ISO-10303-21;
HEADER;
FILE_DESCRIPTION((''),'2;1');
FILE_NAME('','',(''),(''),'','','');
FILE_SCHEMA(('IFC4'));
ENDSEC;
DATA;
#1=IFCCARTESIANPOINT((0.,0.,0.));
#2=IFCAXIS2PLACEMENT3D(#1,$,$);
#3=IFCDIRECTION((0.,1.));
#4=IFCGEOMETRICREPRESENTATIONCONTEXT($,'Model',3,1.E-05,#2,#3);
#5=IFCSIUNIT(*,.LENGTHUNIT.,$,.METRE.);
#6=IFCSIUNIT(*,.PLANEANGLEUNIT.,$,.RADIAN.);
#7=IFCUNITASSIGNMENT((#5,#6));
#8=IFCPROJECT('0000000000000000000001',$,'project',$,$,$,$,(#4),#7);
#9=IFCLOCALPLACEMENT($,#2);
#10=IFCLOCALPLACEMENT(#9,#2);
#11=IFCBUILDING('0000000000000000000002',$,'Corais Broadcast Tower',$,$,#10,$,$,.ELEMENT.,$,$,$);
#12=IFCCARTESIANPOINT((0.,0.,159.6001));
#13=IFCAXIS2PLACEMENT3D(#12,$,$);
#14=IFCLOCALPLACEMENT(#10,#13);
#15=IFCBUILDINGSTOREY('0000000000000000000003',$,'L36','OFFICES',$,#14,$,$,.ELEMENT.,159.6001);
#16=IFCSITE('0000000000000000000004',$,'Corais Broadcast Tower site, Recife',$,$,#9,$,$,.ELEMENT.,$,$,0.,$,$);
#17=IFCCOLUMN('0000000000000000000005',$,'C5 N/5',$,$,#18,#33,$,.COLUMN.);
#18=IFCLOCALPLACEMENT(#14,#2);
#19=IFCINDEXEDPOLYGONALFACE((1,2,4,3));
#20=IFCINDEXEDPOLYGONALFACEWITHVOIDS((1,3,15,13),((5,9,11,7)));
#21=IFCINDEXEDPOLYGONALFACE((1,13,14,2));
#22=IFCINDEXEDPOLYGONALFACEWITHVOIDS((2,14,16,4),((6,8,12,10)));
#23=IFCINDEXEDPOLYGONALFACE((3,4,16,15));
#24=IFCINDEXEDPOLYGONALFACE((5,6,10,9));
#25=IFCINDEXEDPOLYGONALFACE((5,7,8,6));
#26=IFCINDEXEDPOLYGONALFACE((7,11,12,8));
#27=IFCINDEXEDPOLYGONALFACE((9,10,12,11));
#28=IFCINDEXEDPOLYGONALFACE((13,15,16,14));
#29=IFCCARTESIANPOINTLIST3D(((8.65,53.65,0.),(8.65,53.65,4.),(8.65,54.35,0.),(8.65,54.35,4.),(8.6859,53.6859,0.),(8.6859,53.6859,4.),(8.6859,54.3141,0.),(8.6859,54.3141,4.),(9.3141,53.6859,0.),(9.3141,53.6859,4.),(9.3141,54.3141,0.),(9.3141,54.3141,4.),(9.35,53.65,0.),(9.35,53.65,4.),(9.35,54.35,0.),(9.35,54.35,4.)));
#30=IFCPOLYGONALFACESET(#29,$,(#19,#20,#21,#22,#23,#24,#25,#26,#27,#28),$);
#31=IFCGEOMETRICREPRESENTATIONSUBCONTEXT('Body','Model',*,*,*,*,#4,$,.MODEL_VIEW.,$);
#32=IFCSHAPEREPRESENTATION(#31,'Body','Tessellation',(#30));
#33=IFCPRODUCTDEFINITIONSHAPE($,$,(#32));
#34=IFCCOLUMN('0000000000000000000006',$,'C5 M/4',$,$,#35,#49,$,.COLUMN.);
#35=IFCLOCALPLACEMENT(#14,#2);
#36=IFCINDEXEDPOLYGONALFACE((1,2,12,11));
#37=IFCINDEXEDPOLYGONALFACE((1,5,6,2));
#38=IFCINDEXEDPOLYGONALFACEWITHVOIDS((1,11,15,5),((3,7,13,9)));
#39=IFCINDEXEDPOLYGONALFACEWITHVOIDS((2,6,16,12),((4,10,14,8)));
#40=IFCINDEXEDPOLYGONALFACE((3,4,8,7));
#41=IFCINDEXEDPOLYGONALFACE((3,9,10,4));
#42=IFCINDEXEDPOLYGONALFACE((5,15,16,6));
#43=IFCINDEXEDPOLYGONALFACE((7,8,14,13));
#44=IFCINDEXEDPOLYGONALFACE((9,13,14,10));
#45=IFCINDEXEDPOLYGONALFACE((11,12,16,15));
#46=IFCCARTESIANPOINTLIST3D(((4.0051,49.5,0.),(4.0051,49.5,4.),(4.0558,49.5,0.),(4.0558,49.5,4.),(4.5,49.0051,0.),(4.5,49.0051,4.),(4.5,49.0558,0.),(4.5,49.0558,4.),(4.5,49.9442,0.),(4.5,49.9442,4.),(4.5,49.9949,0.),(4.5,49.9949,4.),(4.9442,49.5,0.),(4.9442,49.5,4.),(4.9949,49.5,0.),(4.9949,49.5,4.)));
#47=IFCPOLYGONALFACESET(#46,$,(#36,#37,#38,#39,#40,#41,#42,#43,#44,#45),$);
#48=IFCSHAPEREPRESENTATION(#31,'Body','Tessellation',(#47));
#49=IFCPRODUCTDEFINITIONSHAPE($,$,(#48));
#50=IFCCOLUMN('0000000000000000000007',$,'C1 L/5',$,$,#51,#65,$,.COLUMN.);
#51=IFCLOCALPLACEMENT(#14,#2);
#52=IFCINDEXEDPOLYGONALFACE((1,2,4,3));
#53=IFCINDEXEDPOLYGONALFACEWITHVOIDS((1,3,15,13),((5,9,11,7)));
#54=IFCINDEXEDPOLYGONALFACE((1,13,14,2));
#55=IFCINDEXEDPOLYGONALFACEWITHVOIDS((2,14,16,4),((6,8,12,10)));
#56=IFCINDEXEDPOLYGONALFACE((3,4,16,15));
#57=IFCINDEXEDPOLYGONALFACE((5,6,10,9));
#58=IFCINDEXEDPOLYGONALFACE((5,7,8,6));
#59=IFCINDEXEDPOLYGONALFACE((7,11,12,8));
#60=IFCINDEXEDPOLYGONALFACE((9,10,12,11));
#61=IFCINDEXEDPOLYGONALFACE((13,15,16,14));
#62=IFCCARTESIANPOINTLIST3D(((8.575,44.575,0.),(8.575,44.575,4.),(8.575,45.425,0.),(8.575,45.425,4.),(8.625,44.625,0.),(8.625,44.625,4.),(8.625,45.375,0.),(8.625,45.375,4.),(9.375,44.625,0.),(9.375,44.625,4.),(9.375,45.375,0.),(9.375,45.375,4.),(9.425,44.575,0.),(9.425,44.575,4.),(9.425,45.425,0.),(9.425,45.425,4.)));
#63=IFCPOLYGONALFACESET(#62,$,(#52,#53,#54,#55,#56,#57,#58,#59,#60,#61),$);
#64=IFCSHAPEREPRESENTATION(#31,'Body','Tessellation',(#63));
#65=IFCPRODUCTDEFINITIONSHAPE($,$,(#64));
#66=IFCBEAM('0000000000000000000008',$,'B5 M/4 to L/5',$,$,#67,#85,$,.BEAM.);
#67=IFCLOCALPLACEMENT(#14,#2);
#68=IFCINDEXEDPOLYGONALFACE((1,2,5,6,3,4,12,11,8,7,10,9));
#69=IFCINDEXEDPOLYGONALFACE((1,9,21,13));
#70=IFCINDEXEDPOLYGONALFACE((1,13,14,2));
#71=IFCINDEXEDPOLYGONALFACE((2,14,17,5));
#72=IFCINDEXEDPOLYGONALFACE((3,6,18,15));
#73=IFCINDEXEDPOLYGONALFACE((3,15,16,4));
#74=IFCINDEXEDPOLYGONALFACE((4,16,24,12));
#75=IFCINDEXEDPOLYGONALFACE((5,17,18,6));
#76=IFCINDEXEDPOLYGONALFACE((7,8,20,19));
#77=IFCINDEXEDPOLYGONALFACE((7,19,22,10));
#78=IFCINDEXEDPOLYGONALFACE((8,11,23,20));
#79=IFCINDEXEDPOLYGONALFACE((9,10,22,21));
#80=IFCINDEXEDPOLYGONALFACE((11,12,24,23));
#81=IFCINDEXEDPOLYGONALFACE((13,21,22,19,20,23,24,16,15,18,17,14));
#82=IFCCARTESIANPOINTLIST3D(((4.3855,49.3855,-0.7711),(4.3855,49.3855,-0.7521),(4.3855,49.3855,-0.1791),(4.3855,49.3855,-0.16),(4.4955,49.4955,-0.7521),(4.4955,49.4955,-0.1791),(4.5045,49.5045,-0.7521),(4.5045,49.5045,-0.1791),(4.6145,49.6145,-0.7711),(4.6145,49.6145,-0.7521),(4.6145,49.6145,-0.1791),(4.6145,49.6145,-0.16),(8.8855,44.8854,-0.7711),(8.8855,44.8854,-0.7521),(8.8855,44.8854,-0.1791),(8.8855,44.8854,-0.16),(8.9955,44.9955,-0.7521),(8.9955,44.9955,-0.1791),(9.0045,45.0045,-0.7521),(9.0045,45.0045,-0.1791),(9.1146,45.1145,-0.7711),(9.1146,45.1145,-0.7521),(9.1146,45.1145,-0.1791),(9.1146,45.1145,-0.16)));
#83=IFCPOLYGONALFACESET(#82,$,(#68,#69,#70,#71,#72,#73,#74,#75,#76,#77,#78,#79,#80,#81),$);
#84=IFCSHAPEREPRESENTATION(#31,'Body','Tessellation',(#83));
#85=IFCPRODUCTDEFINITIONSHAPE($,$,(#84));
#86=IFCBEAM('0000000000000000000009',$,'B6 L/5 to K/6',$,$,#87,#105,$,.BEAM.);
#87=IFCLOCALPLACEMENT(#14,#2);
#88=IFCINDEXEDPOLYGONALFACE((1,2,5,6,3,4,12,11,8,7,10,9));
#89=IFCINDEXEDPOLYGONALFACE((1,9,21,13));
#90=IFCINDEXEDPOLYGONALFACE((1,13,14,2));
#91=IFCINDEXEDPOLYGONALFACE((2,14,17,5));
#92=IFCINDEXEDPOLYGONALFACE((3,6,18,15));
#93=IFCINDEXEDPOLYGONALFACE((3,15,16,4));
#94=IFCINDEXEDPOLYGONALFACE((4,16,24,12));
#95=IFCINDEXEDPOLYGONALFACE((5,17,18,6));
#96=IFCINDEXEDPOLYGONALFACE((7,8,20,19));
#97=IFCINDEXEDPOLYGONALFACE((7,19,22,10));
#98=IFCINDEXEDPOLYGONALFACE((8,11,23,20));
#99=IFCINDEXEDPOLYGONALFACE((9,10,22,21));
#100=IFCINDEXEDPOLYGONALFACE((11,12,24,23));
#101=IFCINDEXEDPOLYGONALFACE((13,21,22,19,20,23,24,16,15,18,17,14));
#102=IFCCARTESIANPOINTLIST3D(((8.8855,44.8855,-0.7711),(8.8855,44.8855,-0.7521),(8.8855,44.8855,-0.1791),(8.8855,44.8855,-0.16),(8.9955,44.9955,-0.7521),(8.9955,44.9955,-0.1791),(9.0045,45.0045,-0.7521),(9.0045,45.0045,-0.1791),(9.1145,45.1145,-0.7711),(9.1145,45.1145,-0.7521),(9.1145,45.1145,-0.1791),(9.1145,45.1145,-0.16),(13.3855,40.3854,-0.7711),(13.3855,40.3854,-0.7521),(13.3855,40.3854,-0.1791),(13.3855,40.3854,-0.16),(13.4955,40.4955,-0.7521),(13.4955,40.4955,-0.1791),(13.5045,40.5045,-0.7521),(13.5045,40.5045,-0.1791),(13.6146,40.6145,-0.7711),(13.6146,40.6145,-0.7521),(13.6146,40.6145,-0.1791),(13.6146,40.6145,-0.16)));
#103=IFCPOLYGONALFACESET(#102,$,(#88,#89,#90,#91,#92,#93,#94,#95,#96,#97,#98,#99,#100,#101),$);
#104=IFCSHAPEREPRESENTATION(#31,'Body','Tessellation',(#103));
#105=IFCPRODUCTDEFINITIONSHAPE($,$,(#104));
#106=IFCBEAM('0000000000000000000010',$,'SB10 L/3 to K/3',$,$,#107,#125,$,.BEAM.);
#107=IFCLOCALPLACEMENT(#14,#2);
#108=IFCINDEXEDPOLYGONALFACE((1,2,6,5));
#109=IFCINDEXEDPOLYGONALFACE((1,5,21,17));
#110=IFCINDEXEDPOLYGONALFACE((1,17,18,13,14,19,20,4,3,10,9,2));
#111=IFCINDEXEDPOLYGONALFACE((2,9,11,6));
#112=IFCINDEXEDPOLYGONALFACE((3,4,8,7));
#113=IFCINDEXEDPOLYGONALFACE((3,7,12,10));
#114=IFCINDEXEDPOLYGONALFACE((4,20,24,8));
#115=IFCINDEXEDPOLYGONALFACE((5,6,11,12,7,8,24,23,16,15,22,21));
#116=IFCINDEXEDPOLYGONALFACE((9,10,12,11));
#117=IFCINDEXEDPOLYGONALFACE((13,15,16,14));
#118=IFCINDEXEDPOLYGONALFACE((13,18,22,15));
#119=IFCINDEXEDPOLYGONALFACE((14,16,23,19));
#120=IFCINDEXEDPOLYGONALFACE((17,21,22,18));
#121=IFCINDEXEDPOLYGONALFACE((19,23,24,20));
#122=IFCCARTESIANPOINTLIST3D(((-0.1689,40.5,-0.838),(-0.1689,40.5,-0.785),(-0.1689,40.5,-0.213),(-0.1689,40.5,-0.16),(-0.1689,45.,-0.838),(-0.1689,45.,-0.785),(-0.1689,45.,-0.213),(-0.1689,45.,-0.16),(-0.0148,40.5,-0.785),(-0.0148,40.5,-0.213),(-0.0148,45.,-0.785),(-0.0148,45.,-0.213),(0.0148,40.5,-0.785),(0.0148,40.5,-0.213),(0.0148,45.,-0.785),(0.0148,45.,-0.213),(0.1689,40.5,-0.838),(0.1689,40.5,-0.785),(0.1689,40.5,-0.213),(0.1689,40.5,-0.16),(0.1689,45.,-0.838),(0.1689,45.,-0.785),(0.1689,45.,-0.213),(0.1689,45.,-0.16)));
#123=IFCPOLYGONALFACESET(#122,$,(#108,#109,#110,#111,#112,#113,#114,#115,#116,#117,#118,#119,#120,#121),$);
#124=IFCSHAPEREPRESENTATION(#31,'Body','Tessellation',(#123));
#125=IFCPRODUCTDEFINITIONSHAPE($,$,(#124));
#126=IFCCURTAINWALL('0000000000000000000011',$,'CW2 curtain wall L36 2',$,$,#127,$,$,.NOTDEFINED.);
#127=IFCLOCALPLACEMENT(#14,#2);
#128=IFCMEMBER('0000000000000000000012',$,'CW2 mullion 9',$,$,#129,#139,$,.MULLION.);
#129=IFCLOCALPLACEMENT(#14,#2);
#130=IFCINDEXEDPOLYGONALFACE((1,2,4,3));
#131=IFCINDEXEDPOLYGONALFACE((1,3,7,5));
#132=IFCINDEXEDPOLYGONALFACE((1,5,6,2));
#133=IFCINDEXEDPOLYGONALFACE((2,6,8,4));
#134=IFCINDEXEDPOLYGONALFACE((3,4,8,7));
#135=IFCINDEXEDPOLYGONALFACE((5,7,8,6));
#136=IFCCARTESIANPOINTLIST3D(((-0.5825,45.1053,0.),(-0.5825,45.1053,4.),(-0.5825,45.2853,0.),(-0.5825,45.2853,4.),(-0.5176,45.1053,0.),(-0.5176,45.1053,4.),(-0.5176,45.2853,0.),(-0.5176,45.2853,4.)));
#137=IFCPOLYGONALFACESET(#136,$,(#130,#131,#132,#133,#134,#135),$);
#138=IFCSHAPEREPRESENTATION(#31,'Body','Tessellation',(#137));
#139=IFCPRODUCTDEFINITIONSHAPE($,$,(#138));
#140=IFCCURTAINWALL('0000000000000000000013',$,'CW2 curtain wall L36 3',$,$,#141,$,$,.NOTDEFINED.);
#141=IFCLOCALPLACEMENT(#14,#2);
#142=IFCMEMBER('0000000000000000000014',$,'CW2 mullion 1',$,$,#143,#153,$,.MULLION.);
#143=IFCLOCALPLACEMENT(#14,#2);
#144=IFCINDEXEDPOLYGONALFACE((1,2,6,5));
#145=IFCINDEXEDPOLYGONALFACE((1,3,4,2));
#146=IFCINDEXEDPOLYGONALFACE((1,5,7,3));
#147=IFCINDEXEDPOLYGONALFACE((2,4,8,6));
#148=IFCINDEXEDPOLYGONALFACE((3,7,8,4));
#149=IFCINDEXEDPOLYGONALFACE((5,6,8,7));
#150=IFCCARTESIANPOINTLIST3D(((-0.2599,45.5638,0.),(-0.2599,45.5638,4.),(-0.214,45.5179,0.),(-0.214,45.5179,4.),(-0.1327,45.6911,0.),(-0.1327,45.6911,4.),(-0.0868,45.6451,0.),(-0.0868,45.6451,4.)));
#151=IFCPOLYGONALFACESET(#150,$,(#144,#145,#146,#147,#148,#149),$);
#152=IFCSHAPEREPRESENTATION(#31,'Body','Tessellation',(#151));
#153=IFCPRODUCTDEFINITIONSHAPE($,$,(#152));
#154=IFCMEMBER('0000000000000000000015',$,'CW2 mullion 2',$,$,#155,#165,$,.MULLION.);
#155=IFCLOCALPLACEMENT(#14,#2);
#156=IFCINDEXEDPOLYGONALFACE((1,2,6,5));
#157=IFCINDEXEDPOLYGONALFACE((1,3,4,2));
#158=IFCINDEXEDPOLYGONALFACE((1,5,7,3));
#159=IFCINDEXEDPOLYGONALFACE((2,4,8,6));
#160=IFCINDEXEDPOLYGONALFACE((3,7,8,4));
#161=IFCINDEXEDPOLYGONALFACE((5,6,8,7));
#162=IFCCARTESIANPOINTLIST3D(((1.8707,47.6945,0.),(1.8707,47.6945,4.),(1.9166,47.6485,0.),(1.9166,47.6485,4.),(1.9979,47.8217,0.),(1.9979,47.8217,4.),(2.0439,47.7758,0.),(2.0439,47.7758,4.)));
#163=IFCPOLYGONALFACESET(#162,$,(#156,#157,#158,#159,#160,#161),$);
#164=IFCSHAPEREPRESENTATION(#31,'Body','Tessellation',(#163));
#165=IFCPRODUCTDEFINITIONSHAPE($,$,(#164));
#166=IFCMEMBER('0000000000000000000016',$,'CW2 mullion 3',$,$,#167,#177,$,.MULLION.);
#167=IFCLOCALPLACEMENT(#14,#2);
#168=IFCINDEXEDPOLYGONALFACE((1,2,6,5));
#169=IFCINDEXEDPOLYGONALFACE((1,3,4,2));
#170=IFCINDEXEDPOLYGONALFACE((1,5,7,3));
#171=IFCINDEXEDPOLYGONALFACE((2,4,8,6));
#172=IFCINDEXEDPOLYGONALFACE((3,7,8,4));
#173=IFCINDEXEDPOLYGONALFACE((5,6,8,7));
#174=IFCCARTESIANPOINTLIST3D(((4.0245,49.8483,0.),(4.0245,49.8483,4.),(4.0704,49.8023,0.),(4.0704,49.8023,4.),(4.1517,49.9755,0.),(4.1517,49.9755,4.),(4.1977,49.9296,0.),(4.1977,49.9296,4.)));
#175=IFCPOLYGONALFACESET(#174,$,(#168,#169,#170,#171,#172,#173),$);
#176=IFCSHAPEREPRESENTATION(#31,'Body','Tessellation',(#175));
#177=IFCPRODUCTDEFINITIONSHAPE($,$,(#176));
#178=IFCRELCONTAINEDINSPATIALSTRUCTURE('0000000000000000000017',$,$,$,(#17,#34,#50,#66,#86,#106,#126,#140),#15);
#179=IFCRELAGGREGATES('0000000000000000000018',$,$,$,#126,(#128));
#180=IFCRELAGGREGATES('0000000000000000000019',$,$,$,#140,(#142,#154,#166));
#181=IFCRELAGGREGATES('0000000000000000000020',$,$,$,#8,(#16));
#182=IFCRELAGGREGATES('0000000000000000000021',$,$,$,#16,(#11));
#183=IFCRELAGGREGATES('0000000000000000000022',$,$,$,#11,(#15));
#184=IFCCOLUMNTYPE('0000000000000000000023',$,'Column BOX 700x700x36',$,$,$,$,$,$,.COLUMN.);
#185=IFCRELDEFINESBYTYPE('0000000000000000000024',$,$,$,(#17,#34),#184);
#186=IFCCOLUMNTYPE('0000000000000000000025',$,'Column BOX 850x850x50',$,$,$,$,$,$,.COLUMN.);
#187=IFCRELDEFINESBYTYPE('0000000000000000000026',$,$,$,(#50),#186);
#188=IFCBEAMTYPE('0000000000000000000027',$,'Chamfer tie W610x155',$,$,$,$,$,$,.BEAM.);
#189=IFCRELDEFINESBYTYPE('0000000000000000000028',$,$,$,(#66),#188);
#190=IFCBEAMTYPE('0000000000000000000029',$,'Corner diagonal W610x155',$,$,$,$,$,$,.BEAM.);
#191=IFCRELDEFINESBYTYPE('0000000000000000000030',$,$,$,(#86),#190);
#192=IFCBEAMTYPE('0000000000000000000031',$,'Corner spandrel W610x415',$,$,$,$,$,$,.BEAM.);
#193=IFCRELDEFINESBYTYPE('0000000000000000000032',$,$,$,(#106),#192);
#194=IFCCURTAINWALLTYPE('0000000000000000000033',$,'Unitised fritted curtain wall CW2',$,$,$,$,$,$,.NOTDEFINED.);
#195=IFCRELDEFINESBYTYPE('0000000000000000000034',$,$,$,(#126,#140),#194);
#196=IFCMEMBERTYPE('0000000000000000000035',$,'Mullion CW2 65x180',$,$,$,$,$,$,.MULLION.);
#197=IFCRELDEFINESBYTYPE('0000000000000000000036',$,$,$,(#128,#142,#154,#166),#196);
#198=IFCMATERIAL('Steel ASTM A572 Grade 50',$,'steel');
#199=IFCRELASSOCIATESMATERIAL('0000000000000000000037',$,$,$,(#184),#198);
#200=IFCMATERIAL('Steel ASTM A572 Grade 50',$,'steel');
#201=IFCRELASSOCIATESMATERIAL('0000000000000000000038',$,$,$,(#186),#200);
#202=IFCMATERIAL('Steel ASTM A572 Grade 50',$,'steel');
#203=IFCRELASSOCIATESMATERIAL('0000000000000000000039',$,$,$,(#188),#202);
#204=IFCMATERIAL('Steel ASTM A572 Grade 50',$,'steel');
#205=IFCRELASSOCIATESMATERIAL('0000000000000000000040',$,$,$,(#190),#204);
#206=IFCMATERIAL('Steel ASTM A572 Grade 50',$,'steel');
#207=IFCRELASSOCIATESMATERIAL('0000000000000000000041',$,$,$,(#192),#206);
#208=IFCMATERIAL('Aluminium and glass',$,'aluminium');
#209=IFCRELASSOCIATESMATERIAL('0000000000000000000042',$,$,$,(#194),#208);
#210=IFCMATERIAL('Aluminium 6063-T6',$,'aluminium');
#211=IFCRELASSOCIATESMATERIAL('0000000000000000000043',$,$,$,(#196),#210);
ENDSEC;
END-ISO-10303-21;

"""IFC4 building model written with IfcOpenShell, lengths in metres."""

from ifc_helpers import new_model, si_unit, direction, frame, origin, origin_2d, place, context, subcontext, project, spatial, rectangle, hollow_rectangle, i_section, extrude, material, material_profile, profile_set, type_object, element, aggregate, save


model = new_model("IFC4")

# Units and contexts
model_context = context("Model", 3, precision=1e-05, world=origin(), true_north=direction((0.0, 1.0)))
body_context = subcontext(model_context, "Body", "Model", "MODEL_VIEW")
ifc_project = project(units=[si_unit("LENGTHUNIT", "METRE"), si_unit("PLANEANGLEUNIT", "RADIAN")], contexts=[model_context])

# Site, building, storey
site_placement = place(None, origin())
site = spatial("IfcSite", under=ifc_project, at=site_placement, Name="Corais Broadcast Tower site, Recife", CompositionType="ELEMENT", RefElevation=0.0)
building_placement = place(site_placement, origin())
building = spatial("IfcBuilding", under=site, at=building_placement, Name="Corais Broadcast Tower", CompositionType="ELEMENT")
storey_placement = place(building_placement, frame((0.0, 0.0, 159.6001)))
storey = spatial("IfcBuildingStorey", under=building, at=storey_placement, Name="L36", Description="OFFICES", CompositionType="ELEMENT", Elevation=159.6001)

# Columns
ifc_material_1 = material(Name="Steel ASTM A572 Grade 50", Category="steel")
ifc_material_profile_1 = material_profile(ifc_material_1, hollow_rectangle(XDim=0.7, YDim=0.7, WallThickness=0.0359, at=origin_2d()), Name="BOX 700x700x36")
ifc_profile_set_1 = profile_set([ifc_material_profile_1], Name="Steel ASTM A572 Grade 50")
column_type_1 = type_object("IfcColumnType", Name="Column BOX 700x700x36", PredefinedType="COLUMN", material=ifc_profile_set_1)
for number, where, z_axis, x_axis, name in (
    (1, (9.0, 54.0, 0.0), (0.0, 0.0, 1.0), (1.0, 0.0, 0.0), "C5 N/5"),
    (2, (4.5, 49.5, 0.0), (0.0, 0.0, 1.0), (0.707107, 0.707107, 0.0), "C5 M/4"),
):
    element("IfcColumn", number, at=place(storey_placement, frame(where, z_axis=z_axis, x_axis=x_axis)), inside=storey, type_object=column_type_1, Name=name, PredefinedType="COLUMN", context=body_context, shape_type="SweptSolid", body=[
        extrude(hollow_rectangle(XDim=0.7, YDim=0.7, WallThickness=0.0359, at=origin_2d()), origin(), (0.0, 0.0, 1.0), 4.0),
    ])
ifc_material_2 = material(Name="Steel ASTM A572 Grade 50", Category="steel")
ifc_material_profile_2 = material_profile(ifc_material_2, hollow_rectangle(XDim=0.8501, YDim=0.8501, WallThickness=0.05, at=origin_2d()), Name="BOX 850x850x50")
ifc_profile_set_2 = profile_set([ifc_material_profile_2], Name="Steel ASTM A572 Grade 50")
column_type_2 = type_object("IfcColumnType", Name="Column BOX 850x850x50", PredefinedType="COLUMN", material=ifc_profile_set_2)
column_placement = place(storey_placement, frame((9.0, 45.0, 0.0), z_axis=(0.0, 0.0, 1.0), x_axis=(1.0, 0.0, 0.0)))
element("IfcColumn", 3, at=column_placement, inside=storey, type_object=column_type_2, Name="C1 L/5", PredefinedType="COLUMN", context=body_context, shape_type="SweptSolid", body=[
    extrude(hollow_rectangle(XDim=0.8501, YDim=0.8501, WallThickness=0.05, at=origin_2d()), origin(), (0.0, 0.0, 1.0), 4.0),
])

# Beams
ifc_material_3 = material(Name="Steel ASTM A572 Grade 50", Category="steel")
ifc_material_profile_3 = material_profile(ifc_material_3, i_section(OverallWidth=0.324, OverallDepth=0.6111, WebThickness=0.0127, FlangeThickness=0.019, at=origin_2d()), Name="W610x155")
ifc_profile_set_3 = profile_set([ifc_material_profile_3], Name="Steel ASTM A572 Grade 50")
beam_type_1 = type_object("IfcBeamType", Name="Chamfer tie W610x155", PredefinedType="BEAM", material=ifc_profile_set_3)
beam_1_placement = place(storey_placement, frame((4.5, 49.5, -0.4656), z_axis=(0.707107, -0.707107, 0.0), x_axis=(0.707107, 0.707107, 0.0)))
element("IfcBeam", 4, at=beam_1_placement, inside=storey, type_object=beam_type_1, Name="B5 M/4 to L/5", PredefinedType="BEAM", context=body_context, shape_type="SweptSolid", body=[
    extrude(i_section(OverallWidth=0.324, OverallDepth=0.6111, WebThickness=0.0127, FlangeThickness=0.019, at=origin_2d()), origin(), (0.0, 0.0, 1.0), 6.364),
])
ifc_material_4 = material(Name="Steel ASTM A572 Grade 50", Category="steel")
ifc_material_profile_4 = material_profile(ifc_material_4, i_section(OverallWidth=0.324, OverallDepth=0.6111, WebThickness=0.0127, FlangeThickness=0.019, at=origin_2d()), Name="W610x155")
ifc_profile_set_4 = profile_set([ifc_material_profile_4], Name="Steel ASTM A572 Grade 50")
beam_type_2 = type_object("IfcBeamType", Name="Corner diagonal W610x155", PredefinedType="BEAM", material=ifc_profile_set_4)
beam_2_placement = place(storey_placement, frame((9.0, 45.0, -0.4656), z_axis=(0.707107, -0.707107, 0.0), x_axis=(0.707107, 0.707107, 0.0)))
element("IfcBeam", 5, at=beam_2_placement, inside=storey, type_object=beam_type_2, Name="B6 L/5 to K/6", PredefinedType="BEAM", context=body_context, shape_type="SweptSolid", body=[
    extrude(i_section(OverallWidth=0.324, OverallDepth=0.6111, WebThickness=0.0127, FlangeThickness=0.019, at=origin_2d()), origin(), (0.0, 0.0, 1.0), 6.364),
])
ifc_material_5 = material(Name="Steel ASTM A572 Grade 50", Category="steel")
ifc_material_profile_5 = material_profile(ifc_material_5, i_section(OverallWidth=0.3379, OverallDepth=0.678, WebThickness=0.0295, FlangeThickness=0.053, at=origin_2d()), Name="W610x415")
ifc_profile_set_5 = profile_set([ifc_material_profile_5], Name="Steel ASTM A572 Grade 50")
beam_type_3 = type_object("IfcBeamType", Name="Corner spandrel W610x415", PredefinedType="BEAM", material=ifc_profile_set_5)
beam_3_placement = place(storey_placement, frame((0.0, 45.0, -0.499), z_axis=(0.0, -1.0, 0.0), x_axis=(1.0, 0.0, 0.0)))
element("IfcBeam", 6, at=beam_3_placement, inside=storey, type_object=beam_type_3, Name="SB10 L/3 to K/3", PredefinedType="BEAM", context=body_context, shape_type="SweptSolid", body=[
    extrude(i_section(OverallWidth=0.3379, OverallDepth=0.678, WebThickness=0.0295, FlangeThickness=0.053, at=origin_2d()), origin(), (0.0, 0.0, 1.0), 4.5),
])

# Curtain wall, member
ifc_material_6 = material(Name="Aluminium and glass", Category="aluminium")
curtain_wall_type = type_object("IfcCurtainWallType", Name="Unitised fritted curtain wall CW2", PredefinedType="NOTDEFINED", material=ifc_material_6)
curtain_wall_1_placement = place(storey_placement, origin())
curtain_wall_1 = element("IfcCurtainWall", 7, at=curtain_wall_1_placement, inside=storey, type_object=curtain_wall_type, Name="CW2 curtain wall L36 2", PredefinedType="NOTDEFINED")
ifc_material_7 = material(Name="Aluminium 6063-T6", Category="aluminium")
ifc_material_profile_6 = material_profile(ifc_material_7, rectangle(XDim=0.0649, YDim=0.1799, at=origin_2d()), Name="Mullion CW2 65x180")
ifc_profile_set_6 = profile_set([ifc_material_profile_6], Name="Aluminium 6063-T6")
member_type_1 = type_object("IfcMemberType", Name="Mullion CW2 65x180", PredefinedType="MULLION", material=ifc_profile_set_6)
member_1_placement = place(storey_placement, frame((-0.55, 45.1953, 0.0), z_axis=(0.0, 0.0, 1.0), x_axis=(-1.0, 0.0, 0.0)))
member_1 = element("IfcMember", 8, at=member_1_placement, type_object=member_type_1, Name="CW2 mullion 9", PredefinedType="MULLION", context=body_context, shape_type="SweptSolid", body=[
    extrude(rectangle(XDim=0.0649, YDim=0.1799, at=origin_2d()), origin(), (0.0, 0.0, 1.0), 4.0),
])
aggregate(curtain_wall_1, [member_1])

# Curtain wall, members
curtain_wall_2_placement = place(storey_placement, origin())
curtain_wall_2 = element("IfcCurtainWall", 9, at=curtain_wall_2_placement, inside=storey, type_object=curtain_wall_type, Name="CW2 curtain wall L36 3", PredefinedType="NOTDEFINED")
member_2_placement = place(storey_placement, frame((-0.1733, 45.6045, 0.0), z_axis=(0.0, 0.0, 1.0), x_axis=(-0.707107, 0.707107, 0.0)))
member_2 = element("IfcMember", 10, at=member_2_placement, type_object=member_type_1, Name="CW2 mullion 1", PredefinedType="MULLION", context=body_context, shape_type="SweptSolid", body=[
    extrude(rectangle(XDim=0.0649, YDim=0.1799, at=origin_2d()), origin(), (0.0, 0.0, 1.0), 4.0),
])
member_3_placement = place(storey_placement, frame((1.9573, 47.7351, 0.0), z_axis=(0.0, 0.0, 1.0), x_axis=(-0.707107, 0.707107, 0.0)))
member_3 = element("IfcMember", 11, at=member_3_placement, type_object=member_type_1, Name="CW2 mullion 2", PredefinedType="MULLION", context=body_context, shape_type="SweptSolid", body=[
    extrude(rectangle(XDim=0.0649, YDim=0.1799, at=origin_2d()), origin(), (0.0, 0.0, 1.0), 4.0),
])
member_4_placement = place(storey_placement, frame((4.1111, 49.8889, 0.0), z_axis=(0.0, 0.0, 1.0), x_axis=(-0.707107, 0.707107, 0.0)))
member_4 = element("IfcMember", 12, at=member_4_placement, type_object=member_type_1, Name="CW2 mullion 3", PredefinedType="MULLION", context=body_context, shape_type="SweptSolid", body=[
    extrude(rectangle(XDim=0.0649, YDim=0.1799, at=origin_2d()), origin(), (0.0, 0.0, 1.0), 4.0),
])

aggregate(curtain_wall_2, [member_2, member_3, member_4])

save(model, "model.ifc")
